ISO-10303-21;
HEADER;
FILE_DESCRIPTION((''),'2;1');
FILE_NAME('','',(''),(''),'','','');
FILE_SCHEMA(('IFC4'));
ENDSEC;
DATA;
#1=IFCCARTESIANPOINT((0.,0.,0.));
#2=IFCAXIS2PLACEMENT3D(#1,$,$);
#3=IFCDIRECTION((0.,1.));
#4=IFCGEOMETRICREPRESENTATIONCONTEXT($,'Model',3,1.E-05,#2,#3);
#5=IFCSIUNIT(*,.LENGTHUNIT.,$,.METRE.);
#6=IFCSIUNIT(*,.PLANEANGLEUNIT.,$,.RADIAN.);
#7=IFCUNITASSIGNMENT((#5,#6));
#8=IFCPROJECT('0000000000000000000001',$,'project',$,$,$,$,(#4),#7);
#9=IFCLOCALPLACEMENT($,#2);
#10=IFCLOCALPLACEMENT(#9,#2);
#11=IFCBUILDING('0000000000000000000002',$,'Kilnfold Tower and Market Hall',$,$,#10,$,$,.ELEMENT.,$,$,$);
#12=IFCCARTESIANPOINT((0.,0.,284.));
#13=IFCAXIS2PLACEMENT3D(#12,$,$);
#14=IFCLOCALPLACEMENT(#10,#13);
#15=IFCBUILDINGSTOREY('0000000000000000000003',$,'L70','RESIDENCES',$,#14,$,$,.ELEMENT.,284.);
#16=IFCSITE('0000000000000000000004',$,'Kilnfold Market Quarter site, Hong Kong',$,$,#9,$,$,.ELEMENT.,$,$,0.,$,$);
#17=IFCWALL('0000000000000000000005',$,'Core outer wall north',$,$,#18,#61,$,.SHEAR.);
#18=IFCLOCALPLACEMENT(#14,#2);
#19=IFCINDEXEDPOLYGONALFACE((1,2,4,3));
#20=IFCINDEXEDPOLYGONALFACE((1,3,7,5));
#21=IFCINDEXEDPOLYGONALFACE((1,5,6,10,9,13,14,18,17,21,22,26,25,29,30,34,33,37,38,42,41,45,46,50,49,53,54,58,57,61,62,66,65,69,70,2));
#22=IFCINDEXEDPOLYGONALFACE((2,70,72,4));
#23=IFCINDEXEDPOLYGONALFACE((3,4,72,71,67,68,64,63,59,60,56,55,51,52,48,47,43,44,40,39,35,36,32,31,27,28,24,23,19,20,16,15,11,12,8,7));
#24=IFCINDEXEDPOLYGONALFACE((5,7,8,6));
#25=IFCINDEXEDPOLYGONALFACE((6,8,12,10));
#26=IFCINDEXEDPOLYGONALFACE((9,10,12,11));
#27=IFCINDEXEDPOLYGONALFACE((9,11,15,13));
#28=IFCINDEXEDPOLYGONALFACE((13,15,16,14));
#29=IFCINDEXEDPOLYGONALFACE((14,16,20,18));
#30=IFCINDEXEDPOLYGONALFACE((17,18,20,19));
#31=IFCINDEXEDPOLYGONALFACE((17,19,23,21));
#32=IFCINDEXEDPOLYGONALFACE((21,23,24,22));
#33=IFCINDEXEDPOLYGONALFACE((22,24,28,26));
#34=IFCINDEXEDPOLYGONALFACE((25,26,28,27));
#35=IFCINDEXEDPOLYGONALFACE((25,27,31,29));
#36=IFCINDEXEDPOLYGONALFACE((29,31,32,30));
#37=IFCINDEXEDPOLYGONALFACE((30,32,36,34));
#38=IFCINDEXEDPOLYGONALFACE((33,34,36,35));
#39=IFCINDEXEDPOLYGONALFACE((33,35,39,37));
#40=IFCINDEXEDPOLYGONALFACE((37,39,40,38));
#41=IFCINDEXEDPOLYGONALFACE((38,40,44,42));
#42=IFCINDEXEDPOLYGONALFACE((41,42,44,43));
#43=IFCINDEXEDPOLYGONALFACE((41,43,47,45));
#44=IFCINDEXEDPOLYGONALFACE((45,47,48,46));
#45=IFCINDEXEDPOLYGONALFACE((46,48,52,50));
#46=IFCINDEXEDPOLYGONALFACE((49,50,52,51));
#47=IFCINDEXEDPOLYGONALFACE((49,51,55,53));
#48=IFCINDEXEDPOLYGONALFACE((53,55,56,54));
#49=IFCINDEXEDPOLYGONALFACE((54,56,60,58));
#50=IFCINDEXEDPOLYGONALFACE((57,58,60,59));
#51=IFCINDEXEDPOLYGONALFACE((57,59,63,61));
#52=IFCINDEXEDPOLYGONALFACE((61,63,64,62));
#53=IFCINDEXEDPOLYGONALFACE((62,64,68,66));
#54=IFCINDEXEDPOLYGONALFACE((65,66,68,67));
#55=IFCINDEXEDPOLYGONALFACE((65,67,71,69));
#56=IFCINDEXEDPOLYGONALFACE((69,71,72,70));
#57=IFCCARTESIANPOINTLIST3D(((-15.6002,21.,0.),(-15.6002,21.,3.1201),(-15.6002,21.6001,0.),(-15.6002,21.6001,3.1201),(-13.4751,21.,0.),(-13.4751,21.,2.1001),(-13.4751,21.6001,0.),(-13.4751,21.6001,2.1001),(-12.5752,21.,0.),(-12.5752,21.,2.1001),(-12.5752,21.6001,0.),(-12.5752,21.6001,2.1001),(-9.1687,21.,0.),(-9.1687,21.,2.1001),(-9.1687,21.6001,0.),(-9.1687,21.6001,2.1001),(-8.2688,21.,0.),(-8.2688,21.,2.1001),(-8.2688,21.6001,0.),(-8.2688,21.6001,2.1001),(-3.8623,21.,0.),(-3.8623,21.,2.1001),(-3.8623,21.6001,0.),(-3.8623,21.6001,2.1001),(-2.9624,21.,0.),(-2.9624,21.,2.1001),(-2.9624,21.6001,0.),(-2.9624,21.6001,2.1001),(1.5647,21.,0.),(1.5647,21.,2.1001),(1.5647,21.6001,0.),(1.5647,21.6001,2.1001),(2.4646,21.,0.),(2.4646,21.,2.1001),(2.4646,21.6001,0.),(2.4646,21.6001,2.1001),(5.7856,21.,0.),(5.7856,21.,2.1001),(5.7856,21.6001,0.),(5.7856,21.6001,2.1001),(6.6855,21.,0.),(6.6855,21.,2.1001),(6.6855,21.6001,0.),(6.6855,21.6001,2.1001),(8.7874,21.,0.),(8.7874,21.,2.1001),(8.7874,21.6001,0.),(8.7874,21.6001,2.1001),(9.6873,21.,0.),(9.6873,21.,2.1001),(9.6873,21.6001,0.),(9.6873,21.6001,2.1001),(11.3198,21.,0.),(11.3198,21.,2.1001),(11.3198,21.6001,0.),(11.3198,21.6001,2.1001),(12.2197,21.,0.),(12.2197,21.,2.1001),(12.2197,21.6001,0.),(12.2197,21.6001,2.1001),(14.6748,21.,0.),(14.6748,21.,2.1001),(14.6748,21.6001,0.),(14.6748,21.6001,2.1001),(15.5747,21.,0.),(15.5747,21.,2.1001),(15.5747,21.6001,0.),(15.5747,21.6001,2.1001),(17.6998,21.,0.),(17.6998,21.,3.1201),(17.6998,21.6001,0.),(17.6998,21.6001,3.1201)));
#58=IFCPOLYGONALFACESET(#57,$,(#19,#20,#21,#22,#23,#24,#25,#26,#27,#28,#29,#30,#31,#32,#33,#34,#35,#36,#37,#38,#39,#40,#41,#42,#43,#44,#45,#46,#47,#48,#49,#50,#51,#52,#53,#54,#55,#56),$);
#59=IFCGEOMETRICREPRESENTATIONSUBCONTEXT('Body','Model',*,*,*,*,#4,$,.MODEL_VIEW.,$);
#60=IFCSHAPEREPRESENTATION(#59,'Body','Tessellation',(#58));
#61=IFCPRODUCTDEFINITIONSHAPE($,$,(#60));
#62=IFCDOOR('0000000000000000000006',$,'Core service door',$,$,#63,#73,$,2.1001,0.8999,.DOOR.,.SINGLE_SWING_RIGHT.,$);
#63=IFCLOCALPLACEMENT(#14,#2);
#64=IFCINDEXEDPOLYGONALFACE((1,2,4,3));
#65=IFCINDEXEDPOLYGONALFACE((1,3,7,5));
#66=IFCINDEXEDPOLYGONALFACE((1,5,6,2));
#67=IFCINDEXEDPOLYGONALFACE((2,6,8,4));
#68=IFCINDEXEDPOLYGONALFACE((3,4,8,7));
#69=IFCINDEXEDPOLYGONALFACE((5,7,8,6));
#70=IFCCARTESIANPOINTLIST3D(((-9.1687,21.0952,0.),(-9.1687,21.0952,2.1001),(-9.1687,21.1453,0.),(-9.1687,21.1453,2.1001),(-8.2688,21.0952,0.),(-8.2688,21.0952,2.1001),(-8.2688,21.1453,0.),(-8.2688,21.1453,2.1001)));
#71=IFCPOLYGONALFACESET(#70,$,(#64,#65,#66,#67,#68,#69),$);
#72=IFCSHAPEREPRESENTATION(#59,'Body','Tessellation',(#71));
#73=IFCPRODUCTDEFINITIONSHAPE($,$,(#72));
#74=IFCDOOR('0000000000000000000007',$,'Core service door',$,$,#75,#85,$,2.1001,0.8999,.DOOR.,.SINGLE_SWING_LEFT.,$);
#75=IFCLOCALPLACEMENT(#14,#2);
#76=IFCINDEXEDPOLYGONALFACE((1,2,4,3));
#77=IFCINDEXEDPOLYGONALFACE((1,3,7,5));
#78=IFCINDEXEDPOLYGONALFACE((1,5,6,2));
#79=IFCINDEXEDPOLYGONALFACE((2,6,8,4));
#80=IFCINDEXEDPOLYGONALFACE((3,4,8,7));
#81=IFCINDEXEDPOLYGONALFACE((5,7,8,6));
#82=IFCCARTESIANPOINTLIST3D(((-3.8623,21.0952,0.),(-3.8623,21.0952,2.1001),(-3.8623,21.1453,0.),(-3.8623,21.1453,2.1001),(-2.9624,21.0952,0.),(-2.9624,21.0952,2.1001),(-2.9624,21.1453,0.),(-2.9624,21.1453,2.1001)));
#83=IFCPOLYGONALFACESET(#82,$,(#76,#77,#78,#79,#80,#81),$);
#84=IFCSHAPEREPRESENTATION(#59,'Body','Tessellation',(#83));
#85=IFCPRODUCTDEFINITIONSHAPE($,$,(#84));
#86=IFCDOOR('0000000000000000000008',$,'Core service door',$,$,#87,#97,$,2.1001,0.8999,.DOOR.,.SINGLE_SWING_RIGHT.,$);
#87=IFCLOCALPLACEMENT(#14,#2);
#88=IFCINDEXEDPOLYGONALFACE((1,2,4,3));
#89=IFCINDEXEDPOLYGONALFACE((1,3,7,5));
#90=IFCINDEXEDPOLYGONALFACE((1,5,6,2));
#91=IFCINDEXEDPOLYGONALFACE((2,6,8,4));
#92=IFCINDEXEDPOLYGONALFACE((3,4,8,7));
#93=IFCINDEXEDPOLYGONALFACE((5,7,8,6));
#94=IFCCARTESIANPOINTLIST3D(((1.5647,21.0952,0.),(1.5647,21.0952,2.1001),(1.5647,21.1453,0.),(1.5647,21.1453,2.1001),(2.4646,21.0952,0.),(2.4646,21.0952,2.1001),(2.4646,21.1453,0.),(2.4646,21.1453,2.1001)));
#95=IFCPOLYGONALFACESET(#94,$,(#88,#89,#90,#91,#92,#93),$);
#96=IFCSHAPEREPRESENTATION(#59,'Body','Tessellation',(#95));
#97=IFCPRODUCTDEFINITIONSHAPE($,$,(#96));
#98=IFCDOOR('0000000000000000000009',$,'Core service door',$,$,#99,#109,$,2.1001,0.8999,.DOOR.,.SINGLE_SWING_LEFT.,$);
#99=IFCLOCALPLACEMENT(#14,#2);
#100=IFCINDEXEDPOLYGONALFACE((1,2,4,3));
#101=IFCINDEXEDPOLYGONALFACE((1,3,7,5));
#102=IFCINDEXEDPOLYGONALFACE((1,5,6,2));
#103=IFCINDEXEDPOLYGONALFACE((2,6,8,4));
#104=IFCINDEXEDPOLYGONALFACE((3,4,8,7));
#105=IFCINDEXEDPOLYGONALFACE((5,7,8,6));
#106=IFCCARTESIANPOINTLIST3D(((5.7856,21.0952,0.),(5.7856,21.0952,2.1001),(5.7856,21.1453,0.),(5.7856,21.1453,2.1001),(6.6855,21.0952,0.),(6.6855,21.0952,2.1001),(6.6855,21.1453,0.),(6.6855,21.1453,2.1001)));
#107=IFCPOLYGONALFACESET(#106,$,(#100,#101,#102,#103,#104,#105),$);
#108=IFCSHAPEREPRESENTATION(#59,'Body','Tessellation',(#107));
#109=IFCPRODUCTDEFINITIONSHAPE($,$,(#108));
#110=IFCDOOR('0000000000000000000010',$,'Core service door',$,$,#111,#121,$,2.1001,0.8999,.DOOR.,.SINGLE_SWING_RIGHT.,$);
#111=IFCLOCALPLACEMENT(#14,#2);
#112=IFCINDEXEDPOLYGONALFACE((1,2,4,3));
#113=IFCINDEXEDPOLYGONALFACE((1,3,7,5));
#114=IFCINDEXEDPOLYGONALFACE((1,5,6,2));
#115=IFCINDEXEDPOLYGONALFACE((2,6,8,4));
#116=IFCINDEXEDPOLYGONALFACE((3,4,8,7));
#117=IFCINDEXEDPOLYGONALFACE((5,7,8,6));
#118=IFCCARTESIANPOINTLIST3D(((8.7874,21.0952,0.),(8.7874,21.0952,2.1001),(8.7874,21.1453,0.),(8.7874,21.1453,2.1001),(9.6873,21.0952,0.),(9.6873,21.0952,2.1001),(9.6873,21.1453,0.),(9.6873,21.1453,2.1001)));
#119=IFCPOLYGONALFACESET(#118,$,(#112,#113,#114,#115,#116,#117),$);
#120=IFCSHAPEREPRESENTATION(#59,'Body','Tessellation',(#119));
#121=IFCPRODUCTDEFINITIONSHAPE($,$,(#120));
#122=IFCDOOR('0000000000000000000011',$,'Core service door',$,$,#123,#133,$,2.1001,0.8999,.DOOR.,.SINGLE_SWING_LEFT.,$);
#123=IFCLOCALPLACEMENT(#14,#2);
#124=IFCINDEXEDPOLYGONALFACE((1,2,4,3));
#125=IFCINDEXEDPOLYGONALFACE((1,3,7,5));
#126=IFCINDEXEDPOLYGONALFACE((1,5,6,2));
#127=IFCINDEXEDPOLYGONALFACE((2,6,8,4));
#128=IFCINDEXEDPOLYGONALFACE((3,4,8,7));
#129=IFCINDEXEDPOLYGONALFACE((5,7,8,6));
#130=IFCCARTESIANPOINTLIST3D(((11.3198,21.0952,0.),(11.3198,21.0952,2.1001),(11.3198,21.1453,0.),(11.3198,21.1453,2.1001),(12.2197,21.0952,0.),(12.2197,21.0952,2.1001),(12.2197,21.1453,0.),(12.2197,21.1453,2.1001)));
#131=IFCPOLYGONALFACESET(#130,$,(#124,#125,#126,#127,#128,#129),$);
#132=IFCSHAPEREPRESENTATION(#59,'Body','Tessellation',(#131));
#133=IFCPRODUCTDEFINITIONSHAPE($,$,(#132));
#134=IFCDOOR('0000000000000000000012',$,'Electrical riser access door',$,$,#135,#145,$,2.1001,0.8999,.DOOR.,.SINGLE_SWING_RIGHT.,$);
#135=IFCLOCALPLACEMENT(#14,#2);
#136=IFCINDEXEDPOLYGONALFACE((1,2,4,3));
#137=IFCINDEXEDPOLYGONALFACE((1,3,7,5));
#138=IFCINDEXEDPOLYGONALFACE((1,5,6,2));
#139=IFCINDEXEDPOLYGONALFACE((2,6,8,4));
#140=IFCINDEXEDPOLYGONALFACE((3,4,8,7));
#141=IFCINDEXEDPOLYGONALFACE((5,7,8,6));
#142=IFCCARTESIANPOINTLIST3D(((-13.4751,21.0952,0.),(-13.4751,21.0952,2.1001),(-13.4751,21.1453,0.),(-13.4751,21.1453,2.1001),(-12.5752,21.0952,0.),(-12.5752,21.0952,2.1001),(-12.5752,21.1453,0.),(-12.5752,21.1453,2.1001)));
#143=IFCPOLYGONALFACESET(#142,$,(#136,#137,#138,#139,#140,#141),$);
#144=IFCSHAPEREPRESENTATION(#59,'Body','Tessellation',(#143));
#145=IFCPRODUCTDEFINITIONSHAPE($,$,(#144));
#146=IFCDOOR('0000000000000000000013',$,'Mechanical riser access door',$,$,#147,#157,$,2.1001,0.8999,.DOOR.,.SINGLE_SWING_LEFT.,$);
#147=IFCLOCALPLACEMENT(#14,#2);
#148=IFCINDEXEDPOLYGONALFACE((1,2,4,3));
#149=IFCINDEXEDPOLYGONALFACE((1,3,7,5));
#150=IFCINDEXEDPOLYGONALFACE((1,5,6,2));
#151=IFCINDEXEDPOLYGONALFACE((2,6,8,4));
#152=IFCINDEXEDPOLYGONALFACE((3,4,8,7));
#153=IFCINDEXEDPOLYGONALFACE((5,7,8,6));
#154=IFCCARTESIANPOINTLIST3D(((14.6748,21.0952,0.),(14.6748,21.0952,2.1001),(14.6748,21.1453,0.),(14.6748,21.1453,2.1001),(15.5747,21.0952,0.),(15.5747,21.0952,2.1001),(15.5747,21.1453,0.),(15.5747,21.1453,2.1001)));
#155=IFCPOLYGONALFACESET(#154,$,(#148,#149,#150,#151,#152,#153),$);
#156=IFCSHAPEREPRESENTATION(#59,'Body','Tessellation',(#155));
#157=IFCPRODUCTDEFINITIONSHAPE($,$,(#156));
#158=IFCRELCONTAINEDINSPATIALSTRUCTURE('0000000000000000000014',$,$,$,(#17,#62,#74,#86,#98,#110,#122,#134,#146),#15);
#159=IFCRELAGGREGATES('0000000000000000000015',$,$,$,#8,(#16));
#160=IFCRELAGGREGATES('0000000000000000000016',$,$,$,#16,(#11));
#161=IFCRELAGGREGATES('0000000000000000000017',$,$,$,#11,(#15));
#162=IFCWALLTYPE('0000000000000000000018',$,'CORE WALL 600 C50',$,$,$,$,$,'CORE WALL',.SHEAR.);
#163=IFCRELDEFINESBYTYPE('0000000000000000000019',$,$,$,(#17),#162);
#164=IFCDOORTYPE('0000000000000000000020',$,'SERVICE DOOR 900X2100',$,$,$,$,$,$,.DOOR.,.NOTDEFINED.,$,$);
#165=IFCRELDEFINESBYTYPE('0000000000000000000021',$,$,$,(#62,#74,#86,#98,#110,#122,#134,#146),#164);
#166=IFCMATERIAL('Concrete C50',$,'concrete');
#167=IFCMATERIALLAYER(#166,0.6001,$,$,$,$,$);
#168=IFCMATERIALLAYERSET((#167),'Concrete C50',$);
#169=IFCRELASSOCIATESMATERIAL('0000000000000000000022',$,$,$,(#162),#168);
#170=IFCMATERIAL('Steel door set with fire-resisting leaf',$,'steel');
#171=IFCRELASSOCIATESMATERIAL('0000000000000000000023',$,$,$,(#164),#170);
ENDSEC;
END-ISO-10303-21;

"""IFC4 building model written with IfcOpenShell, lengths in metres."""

from ifc_helpers import new_model, si_unit, direction, frame, frame_2d, origin, place, context, subcontext, project, spatial, rectangle, extrude, source, transform, mapped, material, layer, layer_set, type_object, element, fill, save


model = new_model("IFC4")

# Units and contexts
model_context = context("Model", 3, precision=1e-05, world=origin(), true_north=direction((0.0, 1.0)))
body_context = subcontext(model_context, "Body", "Model", "MODEL_VIEW")
ifc_project = project(units=[si_unit("LENGTHUNIT", "METRE"), si_unit("PLANEANGLEUNIT", "RADIAN")], contexts=[model_context])

# Site, building, storey
site_placement = place(None, origin())
site = spatial("IfcSite", under=ifc_project, at=site_placement, Name="Kilnfold Market Quarter site, Hong Kong", CompositionType="ELEMENT", RefElevation=0.0)
building_placement = place(site_placement, origin())
building = spatial("IfcBuilding", under=site, at=building_placement, Name="Kilnfold Tower and Market Hall", CompositionType="ELEMENT")
storey_placement = place(building_placement, frame((0.0, 0.0, 284.0)))
storey = spatial("IfcBuildingStorey", under=building, at=storey_placement, Name="L70", Description="RESIDENCES", CompositionType="ELEMENT", Elevation=284.0)

# Wall, openings, doors
ifc_material_1 = material(Name="Concrete C50", Category="concrete")
ifc_layer_1 = layer(ifc_material_1, 0.6001)
ifc_layer_set_1 = layer_set([ifc_layer_1], Name="Concrete C50")
wall_type_1 = type_object("IfcWallType", Name="CORE WALL 600 C50", ElementType="CORE WALL", PredefinedType="SHEAR", material=ifc_layer_set_1)
shared_shape_1 = source(origin(), body_context, "Body", "SweptSolid", [
    extrude(rectangle(XDim=33.3, YDim=0.6001, at=frame_2d((16.6499, 0.0))), origin(), (0.0, 0.0, 1.0), 3.1201),
])
wall_1_placement = place(storey_placement, frame((-15.6001, 21.3, 0.0), z_axis=(0.0, 0.0, 1.0), x_axis=(1.0, 0.0, 0.0)))
wall_1 = element("IfcWall", 1, at=wall_1_placement, inside=storey, type_object=wall_type_1, Name="Core outer wall north", PredefinedType="SHEAR", context=body_context, shape_type="MappedRepresentation", body=[
    mapped(shared_shape_1, transform((0.0, 0.0, 0.0))),
])
opening_1_placement = place(wall_1_placement, frame((6.4314, 0.0, 0.0)))
opening_1 = element("IfcOpeningElement", 2, at=opening_1_placement, cuts=wall_1, PredefinedType="OPENING", context=body_context, shape_type="SweptSolid", body=[
    extrude(rectangle(XDim=0.8999, YDim=2.1001, at=frame_2d((0.45, 1.05))), frame((0.0, 0.3101, 0.0), z_axis=(0.0, -1.0, 0.0), x_axis=(1.0, 0.0, 0.0)), (0.0, 0.0, 1.0), 0.6201),
])
opening_2_placement = place(wall_1_placement, frame((11.7378, 0.0, 0.0)))
opening_2 = element("IfcOpeningElement", 3, at=opening_2_placement, cuts=wall_1, PredefinedType="OPENING", context=body_context, shape_type="SweptSolid", body=[
    extrude(rectangle(XDim=0.8999, YDim=2.1001, at=frame_2d((0.45, 1.05))), frame((0.0, 0.3101, 0.0), z_axis=(0.0, -1.0, 0.0), x_axis=(1.0, 0.0, 0.0)), (0.0, 0.0, 1.0), 0.6201),
])
opening_3_placement = place(wall_1_placement, frame((17.1648, 0.0, 0.0)))
opening_3 = element("IfcOpeningElement", 4, at=opening_3_placement, cuts=wall_1, PredefinedType="OPENING", context=body_context, shape_type="SweptSolid", body=[
    extrude(rectangle(XDim=0.8999, YDim=2.1001, at=frame_2d((0.45, 1.05))), frame((0.0, 0.3101, 0.0), z_axis=(0.0, -1.0, 0.0), x_axis=(1.0, 0.0, 0.0)), (0.0, 0.0, 1.0), 0.6201),
])
opening_4_placement = place(wall_1_placement, frame((21.3857, 0.0, 0.0)))
opening_4 = element("IfcOpeningElement", 5, at=opening_4_placement, cuts=wall_1, PredefinedType="OPENING", context=body_context, shape_type="SweptSolid", body=[
    extrude(rectangle(XDim=0.8999, YDim=2.1001, at=frame_2d((0.45, 1.05))), frame((0.0, 0.3101, 0.0), z_axis=(0.0, -1.0, 0.0), x_axis=(1.0, 0.0, 0.0)), (0.0, 0.0, 1.0), 0.6201),
])
opening_5_placement = place(wall_1_placement, frame((24.3875, 0.0, 0.0)))
opening_5 = element("IfcOpeningElement", 6, at=opening_5_placement, cuts=wall_1, PredefinedType="OPENING", context=body_context, shape_type="SweptSolid", body=[
    extrude(rectangle(XDim=0.8999, YDim=2.1001, at=frame_2d((0.45, 1.05))), frame((0.0, 0.3101, 0.0), z_axis=(0.0, -1.0, 0.0), x_axis=(1.0, 0.0, 0.0)), (0.0, 0.0, 1.0), 0.6201),
])
opening_6_placement = place(wall_1_placement, frame((26.9199, 0.0, 0.0)))
opening_6 = element("IfcOpeningElement", 7, at=opening_6_placement, cuts=wall_1, PredefinedType="OPENING", context=body_context, shape_type="SweptSolid", body=[
    extrude(rectangle(XDim=0.8999, YDim=2.1001, at=frame_2d((0.45, 1.05))), frame((0.0, 0.3101, 0.0), z_axis=(0.0, -1.0, 0.0), x_axis=(1.0, 0.0, 0.0)), (0.0, 0.0, 1.0), 0.6201),
])
opening_7_placement = place(wall_1_placement, frame((2.125, 0.0, 0.0)))
opening_7 = element("IfcOpeningElement", 8, at=opening_7_placement, cuts=wall_1, PredefinedType="OPENING", context=body_context, shape_type="SweptSolid", body=[
    extrude(rectangle(XDim=0.8999, YDim=2.1001, at=frame_2d((0.45, 1.05))), frame((0.0, 0.3101, 0.0), z_axis=(0.0, -1.0, 0.0), x_axis=(1.0, 0.0, 0.0)), (0.0, 0.0, 1.0), 0.6201),
])
opening_8_placement = place(wall_1_placement, frame((30.2749, 0.0, 0.0)))
opening_8 = element("IfcOpeningElement", 9, at=opening_8_placement, cuts=wall_1, PredefinedType="OPENING", context=body_context, shape_type="SweptSolid", body=[
    extrude(rectangle(XDim=0.8999, YDim=2.1001, at=frame_2d((0.45, 1.05))), frame((0.0, 0.3101, 0.0), z_axis=(0.0, -1.0, 0.0), x_axis=(1.0, 0.0, 0.0)), (0.0, 0.0, 1.0), 0.6201),
])
ifc_material_2 = material(Name="Steel door set with fire-resisting leaf", Category="steel")
door_type_1 = type_object("IfcDoorType", Name="SERVICE DOOR 900X2100", OperationType="NOTDEFINED", PredefinedType="DOOR", material=ifc_material_2)
door_1_placement = place(opening_1_placement, origin())
door_1 = element("IfcDoor", 10, at=door_1_placement, inside=storey, type_object=door_type_1, Name="Core service door", OperationType="SINGLE_SWING_RIGHT", OverallHeight=2.1001, OverallWidth=0.8999, PredefinedType="DOOR", context=body_context, shape_type="SweptSolid", body=[
    extrude(rectangle(XDim=0.8999, YDim=2.1001, at=frame_2d((0.45, 1.05))), frame((0.0, -0.1548, 0.0), z_axis=(0.0, -1.0, 0.0), x_axis=(1.0, 0.0, 0.0)), (0.0, 0.0, 1.0), 0.05),
])
fill(opening_1, door_1)
door_2_placement = place(opening_2_placement, origin())
door_2 = element("IfcDoor", 11, at=door_2_placement, inside=storey, type_object=door_type_1, Name="Core service door", OperationType="SINGLE_SWING_LEFT", OverallHeight=2.1001, OverallWidth=0.8999, PredefinedType="DOOR", context=body_context, shape_type="SweptSolid", body=[
    extrude(rectangle(XDim=0.8999, YDim=2.1001, at=frame_2d((0.45, 1.05))), frame((0.0, -0.1548, 0.0), z_axis=(0.0, -1.0, 0.0), x_axis=(1.0, 0.0, 0.0)), (0.0, 0.0, 1.0), 0.05),
])
fill(opening_2, door_2)
door_3_placement = place(opening_3_placement, origin())
door_3 = element("IfcDoor", 12, at=door_3_placement, inside=storey, type_object=door_type_1, Name="Core service door", OperationType="SINGLE_SWING_RIGHT", OverallHeight=2.1001, OverallWidth=0.8999, PredefinedType="DOOR", context=body_context, shape_type="SweptSolid", body=[
    extrude(rectangle(XDim=0.8999, YDim=2.1001, at=frame_2d((0.45, 1.05))), frame((0.0, -0.1548, 0.0), z_axis=(0.0, -1.0, 0.0), x_axis=(1.0, 0.0, 0.0)), (0.0, 0.0, 1.0), 0.05),
])
fill(opening_3, door_3)
door_4_placement = place(opening_4_placement, origin())
door_4 = element("IfcDoor", 13, at=door_4_placement, inside=storey, type_object=door_type_1, Name="Core service door", OperationType="SINGLE_SWING_LEFT", OverallHeight=2.1001, OverallWidth=0.8999, PredefinedType="DOOR", context=body_context, shape_type="SweptSolid", body=[
    extrude(rectangle(XDim=0.8999, YDim=2.1001, at=frame_2d((0.45, 1.05))), frame((0.0, -0.1548, 0.0), z_axis=(0.0, -1.0, 0.0), x_axis=(1.0, 0.0, 0.0)), (0.0, 0.0, 1.0), 0.05),
])
fill(opening_4, door_4)
door_5_placement = place(opening_5_placement, origin())
door_5 = element("IfcDoor", 14, at=door_5_placement, inside=storey, type_object=door_type_1, Name="Core service door", OperationType="SINGLE_SWING_RIGHT", OverallHeight=2.1001, OverallWidth=0.8999, PredefinedType="DOOR", context=body_context, shape_type="SweptSolid", body=[
    extrude(rectangle(XDim=0.8999, YDim=2.1001, at=frame_2d((0.45, 1.05))), frame((0.0, -0.1548, 0.0), z_axis=(0.0, -1.0, 0.0), x_axis=(1.0, 0.0, 0.0)), (0.0, 0.0, 1.0), 0.05),
])
fill(opening_5, door_5)
door_6_placement = place(opening_6_placement, origin())
door_6 = element("IfcDoor", 15, at=door_6_placement, inside=storey, type_object=door_type_1, Name="Core service door", OperationType="SINGLE_SWING_LEFT", OverallHeight=2.1001, OverallWidth=0.8999, PredefinedType="DOOR", context=body_context, shape_type="SweptSolid", body=[
    extrude(rectangle(XDim=0.8999, YDim=2.1001, at=frame_2d((0.45, 1.05))), frame((0.0, -0.1548, 0.0), z_axis=(0.0, -1.0, 0.0), x_axis=(1.0, 0.0, 0.0)), (0.0, 0.0, 1.0), 0.05),
])
fill(opening_6, door_6)
door_7_placement = place(opening_7_placement, origin())
door_7 = element("IfcDoor", 16, at=door_7_placement, inside=storey, type_object=door_type_1, Name="Electrical riser access door", OperationType="SINGLE_SWING_RIGHT", OverallHeight=2.1001, OverallWidth=0.8999, PredefinedType="DOOR", context=body_context, shape_type="SweptSolid", body=[
    extrude(rectangle(XDim=0.8999, YDim=2.1001, at=frame_2d((0.45, 1.05))), frame((0.0, -0.1548, 0.0), z_axis=(0.0, -1.0, 0.0), x_axis=(1.0, 0.0, 0.0)), (0.0, 0.0, 1.0), 0.05),
])
fill(opening_7, door_7)
door_8_placement = place(opening_8_placement, origin())
door_8 = element("IfcDoor", 17, at=door_8_placement, inside=storey, type_object=door_type_1, Name="Mechanical riser access door", OperationType="SINGLE_SWING_LEFT", OverallHeight=2.1001, OverallWidth=0.8999, PredefinedType="DOOR", context=body_context, shape_type="SweptSolid", body=[
    extrude(rectangle(XDim=0.8999, YDim=2.1001, at=frame_2d((0.45, 1.05))), frame((0.0, -0.1548, 0.0), z_axis=(0.0, -1.0, 0.0), x_axis=(1.0, 0.0, 0.0)), (0.0, 0.0, 1.0), 0.05),
])
fill(opening_8, door_8)

save(model, "model.ifc")
